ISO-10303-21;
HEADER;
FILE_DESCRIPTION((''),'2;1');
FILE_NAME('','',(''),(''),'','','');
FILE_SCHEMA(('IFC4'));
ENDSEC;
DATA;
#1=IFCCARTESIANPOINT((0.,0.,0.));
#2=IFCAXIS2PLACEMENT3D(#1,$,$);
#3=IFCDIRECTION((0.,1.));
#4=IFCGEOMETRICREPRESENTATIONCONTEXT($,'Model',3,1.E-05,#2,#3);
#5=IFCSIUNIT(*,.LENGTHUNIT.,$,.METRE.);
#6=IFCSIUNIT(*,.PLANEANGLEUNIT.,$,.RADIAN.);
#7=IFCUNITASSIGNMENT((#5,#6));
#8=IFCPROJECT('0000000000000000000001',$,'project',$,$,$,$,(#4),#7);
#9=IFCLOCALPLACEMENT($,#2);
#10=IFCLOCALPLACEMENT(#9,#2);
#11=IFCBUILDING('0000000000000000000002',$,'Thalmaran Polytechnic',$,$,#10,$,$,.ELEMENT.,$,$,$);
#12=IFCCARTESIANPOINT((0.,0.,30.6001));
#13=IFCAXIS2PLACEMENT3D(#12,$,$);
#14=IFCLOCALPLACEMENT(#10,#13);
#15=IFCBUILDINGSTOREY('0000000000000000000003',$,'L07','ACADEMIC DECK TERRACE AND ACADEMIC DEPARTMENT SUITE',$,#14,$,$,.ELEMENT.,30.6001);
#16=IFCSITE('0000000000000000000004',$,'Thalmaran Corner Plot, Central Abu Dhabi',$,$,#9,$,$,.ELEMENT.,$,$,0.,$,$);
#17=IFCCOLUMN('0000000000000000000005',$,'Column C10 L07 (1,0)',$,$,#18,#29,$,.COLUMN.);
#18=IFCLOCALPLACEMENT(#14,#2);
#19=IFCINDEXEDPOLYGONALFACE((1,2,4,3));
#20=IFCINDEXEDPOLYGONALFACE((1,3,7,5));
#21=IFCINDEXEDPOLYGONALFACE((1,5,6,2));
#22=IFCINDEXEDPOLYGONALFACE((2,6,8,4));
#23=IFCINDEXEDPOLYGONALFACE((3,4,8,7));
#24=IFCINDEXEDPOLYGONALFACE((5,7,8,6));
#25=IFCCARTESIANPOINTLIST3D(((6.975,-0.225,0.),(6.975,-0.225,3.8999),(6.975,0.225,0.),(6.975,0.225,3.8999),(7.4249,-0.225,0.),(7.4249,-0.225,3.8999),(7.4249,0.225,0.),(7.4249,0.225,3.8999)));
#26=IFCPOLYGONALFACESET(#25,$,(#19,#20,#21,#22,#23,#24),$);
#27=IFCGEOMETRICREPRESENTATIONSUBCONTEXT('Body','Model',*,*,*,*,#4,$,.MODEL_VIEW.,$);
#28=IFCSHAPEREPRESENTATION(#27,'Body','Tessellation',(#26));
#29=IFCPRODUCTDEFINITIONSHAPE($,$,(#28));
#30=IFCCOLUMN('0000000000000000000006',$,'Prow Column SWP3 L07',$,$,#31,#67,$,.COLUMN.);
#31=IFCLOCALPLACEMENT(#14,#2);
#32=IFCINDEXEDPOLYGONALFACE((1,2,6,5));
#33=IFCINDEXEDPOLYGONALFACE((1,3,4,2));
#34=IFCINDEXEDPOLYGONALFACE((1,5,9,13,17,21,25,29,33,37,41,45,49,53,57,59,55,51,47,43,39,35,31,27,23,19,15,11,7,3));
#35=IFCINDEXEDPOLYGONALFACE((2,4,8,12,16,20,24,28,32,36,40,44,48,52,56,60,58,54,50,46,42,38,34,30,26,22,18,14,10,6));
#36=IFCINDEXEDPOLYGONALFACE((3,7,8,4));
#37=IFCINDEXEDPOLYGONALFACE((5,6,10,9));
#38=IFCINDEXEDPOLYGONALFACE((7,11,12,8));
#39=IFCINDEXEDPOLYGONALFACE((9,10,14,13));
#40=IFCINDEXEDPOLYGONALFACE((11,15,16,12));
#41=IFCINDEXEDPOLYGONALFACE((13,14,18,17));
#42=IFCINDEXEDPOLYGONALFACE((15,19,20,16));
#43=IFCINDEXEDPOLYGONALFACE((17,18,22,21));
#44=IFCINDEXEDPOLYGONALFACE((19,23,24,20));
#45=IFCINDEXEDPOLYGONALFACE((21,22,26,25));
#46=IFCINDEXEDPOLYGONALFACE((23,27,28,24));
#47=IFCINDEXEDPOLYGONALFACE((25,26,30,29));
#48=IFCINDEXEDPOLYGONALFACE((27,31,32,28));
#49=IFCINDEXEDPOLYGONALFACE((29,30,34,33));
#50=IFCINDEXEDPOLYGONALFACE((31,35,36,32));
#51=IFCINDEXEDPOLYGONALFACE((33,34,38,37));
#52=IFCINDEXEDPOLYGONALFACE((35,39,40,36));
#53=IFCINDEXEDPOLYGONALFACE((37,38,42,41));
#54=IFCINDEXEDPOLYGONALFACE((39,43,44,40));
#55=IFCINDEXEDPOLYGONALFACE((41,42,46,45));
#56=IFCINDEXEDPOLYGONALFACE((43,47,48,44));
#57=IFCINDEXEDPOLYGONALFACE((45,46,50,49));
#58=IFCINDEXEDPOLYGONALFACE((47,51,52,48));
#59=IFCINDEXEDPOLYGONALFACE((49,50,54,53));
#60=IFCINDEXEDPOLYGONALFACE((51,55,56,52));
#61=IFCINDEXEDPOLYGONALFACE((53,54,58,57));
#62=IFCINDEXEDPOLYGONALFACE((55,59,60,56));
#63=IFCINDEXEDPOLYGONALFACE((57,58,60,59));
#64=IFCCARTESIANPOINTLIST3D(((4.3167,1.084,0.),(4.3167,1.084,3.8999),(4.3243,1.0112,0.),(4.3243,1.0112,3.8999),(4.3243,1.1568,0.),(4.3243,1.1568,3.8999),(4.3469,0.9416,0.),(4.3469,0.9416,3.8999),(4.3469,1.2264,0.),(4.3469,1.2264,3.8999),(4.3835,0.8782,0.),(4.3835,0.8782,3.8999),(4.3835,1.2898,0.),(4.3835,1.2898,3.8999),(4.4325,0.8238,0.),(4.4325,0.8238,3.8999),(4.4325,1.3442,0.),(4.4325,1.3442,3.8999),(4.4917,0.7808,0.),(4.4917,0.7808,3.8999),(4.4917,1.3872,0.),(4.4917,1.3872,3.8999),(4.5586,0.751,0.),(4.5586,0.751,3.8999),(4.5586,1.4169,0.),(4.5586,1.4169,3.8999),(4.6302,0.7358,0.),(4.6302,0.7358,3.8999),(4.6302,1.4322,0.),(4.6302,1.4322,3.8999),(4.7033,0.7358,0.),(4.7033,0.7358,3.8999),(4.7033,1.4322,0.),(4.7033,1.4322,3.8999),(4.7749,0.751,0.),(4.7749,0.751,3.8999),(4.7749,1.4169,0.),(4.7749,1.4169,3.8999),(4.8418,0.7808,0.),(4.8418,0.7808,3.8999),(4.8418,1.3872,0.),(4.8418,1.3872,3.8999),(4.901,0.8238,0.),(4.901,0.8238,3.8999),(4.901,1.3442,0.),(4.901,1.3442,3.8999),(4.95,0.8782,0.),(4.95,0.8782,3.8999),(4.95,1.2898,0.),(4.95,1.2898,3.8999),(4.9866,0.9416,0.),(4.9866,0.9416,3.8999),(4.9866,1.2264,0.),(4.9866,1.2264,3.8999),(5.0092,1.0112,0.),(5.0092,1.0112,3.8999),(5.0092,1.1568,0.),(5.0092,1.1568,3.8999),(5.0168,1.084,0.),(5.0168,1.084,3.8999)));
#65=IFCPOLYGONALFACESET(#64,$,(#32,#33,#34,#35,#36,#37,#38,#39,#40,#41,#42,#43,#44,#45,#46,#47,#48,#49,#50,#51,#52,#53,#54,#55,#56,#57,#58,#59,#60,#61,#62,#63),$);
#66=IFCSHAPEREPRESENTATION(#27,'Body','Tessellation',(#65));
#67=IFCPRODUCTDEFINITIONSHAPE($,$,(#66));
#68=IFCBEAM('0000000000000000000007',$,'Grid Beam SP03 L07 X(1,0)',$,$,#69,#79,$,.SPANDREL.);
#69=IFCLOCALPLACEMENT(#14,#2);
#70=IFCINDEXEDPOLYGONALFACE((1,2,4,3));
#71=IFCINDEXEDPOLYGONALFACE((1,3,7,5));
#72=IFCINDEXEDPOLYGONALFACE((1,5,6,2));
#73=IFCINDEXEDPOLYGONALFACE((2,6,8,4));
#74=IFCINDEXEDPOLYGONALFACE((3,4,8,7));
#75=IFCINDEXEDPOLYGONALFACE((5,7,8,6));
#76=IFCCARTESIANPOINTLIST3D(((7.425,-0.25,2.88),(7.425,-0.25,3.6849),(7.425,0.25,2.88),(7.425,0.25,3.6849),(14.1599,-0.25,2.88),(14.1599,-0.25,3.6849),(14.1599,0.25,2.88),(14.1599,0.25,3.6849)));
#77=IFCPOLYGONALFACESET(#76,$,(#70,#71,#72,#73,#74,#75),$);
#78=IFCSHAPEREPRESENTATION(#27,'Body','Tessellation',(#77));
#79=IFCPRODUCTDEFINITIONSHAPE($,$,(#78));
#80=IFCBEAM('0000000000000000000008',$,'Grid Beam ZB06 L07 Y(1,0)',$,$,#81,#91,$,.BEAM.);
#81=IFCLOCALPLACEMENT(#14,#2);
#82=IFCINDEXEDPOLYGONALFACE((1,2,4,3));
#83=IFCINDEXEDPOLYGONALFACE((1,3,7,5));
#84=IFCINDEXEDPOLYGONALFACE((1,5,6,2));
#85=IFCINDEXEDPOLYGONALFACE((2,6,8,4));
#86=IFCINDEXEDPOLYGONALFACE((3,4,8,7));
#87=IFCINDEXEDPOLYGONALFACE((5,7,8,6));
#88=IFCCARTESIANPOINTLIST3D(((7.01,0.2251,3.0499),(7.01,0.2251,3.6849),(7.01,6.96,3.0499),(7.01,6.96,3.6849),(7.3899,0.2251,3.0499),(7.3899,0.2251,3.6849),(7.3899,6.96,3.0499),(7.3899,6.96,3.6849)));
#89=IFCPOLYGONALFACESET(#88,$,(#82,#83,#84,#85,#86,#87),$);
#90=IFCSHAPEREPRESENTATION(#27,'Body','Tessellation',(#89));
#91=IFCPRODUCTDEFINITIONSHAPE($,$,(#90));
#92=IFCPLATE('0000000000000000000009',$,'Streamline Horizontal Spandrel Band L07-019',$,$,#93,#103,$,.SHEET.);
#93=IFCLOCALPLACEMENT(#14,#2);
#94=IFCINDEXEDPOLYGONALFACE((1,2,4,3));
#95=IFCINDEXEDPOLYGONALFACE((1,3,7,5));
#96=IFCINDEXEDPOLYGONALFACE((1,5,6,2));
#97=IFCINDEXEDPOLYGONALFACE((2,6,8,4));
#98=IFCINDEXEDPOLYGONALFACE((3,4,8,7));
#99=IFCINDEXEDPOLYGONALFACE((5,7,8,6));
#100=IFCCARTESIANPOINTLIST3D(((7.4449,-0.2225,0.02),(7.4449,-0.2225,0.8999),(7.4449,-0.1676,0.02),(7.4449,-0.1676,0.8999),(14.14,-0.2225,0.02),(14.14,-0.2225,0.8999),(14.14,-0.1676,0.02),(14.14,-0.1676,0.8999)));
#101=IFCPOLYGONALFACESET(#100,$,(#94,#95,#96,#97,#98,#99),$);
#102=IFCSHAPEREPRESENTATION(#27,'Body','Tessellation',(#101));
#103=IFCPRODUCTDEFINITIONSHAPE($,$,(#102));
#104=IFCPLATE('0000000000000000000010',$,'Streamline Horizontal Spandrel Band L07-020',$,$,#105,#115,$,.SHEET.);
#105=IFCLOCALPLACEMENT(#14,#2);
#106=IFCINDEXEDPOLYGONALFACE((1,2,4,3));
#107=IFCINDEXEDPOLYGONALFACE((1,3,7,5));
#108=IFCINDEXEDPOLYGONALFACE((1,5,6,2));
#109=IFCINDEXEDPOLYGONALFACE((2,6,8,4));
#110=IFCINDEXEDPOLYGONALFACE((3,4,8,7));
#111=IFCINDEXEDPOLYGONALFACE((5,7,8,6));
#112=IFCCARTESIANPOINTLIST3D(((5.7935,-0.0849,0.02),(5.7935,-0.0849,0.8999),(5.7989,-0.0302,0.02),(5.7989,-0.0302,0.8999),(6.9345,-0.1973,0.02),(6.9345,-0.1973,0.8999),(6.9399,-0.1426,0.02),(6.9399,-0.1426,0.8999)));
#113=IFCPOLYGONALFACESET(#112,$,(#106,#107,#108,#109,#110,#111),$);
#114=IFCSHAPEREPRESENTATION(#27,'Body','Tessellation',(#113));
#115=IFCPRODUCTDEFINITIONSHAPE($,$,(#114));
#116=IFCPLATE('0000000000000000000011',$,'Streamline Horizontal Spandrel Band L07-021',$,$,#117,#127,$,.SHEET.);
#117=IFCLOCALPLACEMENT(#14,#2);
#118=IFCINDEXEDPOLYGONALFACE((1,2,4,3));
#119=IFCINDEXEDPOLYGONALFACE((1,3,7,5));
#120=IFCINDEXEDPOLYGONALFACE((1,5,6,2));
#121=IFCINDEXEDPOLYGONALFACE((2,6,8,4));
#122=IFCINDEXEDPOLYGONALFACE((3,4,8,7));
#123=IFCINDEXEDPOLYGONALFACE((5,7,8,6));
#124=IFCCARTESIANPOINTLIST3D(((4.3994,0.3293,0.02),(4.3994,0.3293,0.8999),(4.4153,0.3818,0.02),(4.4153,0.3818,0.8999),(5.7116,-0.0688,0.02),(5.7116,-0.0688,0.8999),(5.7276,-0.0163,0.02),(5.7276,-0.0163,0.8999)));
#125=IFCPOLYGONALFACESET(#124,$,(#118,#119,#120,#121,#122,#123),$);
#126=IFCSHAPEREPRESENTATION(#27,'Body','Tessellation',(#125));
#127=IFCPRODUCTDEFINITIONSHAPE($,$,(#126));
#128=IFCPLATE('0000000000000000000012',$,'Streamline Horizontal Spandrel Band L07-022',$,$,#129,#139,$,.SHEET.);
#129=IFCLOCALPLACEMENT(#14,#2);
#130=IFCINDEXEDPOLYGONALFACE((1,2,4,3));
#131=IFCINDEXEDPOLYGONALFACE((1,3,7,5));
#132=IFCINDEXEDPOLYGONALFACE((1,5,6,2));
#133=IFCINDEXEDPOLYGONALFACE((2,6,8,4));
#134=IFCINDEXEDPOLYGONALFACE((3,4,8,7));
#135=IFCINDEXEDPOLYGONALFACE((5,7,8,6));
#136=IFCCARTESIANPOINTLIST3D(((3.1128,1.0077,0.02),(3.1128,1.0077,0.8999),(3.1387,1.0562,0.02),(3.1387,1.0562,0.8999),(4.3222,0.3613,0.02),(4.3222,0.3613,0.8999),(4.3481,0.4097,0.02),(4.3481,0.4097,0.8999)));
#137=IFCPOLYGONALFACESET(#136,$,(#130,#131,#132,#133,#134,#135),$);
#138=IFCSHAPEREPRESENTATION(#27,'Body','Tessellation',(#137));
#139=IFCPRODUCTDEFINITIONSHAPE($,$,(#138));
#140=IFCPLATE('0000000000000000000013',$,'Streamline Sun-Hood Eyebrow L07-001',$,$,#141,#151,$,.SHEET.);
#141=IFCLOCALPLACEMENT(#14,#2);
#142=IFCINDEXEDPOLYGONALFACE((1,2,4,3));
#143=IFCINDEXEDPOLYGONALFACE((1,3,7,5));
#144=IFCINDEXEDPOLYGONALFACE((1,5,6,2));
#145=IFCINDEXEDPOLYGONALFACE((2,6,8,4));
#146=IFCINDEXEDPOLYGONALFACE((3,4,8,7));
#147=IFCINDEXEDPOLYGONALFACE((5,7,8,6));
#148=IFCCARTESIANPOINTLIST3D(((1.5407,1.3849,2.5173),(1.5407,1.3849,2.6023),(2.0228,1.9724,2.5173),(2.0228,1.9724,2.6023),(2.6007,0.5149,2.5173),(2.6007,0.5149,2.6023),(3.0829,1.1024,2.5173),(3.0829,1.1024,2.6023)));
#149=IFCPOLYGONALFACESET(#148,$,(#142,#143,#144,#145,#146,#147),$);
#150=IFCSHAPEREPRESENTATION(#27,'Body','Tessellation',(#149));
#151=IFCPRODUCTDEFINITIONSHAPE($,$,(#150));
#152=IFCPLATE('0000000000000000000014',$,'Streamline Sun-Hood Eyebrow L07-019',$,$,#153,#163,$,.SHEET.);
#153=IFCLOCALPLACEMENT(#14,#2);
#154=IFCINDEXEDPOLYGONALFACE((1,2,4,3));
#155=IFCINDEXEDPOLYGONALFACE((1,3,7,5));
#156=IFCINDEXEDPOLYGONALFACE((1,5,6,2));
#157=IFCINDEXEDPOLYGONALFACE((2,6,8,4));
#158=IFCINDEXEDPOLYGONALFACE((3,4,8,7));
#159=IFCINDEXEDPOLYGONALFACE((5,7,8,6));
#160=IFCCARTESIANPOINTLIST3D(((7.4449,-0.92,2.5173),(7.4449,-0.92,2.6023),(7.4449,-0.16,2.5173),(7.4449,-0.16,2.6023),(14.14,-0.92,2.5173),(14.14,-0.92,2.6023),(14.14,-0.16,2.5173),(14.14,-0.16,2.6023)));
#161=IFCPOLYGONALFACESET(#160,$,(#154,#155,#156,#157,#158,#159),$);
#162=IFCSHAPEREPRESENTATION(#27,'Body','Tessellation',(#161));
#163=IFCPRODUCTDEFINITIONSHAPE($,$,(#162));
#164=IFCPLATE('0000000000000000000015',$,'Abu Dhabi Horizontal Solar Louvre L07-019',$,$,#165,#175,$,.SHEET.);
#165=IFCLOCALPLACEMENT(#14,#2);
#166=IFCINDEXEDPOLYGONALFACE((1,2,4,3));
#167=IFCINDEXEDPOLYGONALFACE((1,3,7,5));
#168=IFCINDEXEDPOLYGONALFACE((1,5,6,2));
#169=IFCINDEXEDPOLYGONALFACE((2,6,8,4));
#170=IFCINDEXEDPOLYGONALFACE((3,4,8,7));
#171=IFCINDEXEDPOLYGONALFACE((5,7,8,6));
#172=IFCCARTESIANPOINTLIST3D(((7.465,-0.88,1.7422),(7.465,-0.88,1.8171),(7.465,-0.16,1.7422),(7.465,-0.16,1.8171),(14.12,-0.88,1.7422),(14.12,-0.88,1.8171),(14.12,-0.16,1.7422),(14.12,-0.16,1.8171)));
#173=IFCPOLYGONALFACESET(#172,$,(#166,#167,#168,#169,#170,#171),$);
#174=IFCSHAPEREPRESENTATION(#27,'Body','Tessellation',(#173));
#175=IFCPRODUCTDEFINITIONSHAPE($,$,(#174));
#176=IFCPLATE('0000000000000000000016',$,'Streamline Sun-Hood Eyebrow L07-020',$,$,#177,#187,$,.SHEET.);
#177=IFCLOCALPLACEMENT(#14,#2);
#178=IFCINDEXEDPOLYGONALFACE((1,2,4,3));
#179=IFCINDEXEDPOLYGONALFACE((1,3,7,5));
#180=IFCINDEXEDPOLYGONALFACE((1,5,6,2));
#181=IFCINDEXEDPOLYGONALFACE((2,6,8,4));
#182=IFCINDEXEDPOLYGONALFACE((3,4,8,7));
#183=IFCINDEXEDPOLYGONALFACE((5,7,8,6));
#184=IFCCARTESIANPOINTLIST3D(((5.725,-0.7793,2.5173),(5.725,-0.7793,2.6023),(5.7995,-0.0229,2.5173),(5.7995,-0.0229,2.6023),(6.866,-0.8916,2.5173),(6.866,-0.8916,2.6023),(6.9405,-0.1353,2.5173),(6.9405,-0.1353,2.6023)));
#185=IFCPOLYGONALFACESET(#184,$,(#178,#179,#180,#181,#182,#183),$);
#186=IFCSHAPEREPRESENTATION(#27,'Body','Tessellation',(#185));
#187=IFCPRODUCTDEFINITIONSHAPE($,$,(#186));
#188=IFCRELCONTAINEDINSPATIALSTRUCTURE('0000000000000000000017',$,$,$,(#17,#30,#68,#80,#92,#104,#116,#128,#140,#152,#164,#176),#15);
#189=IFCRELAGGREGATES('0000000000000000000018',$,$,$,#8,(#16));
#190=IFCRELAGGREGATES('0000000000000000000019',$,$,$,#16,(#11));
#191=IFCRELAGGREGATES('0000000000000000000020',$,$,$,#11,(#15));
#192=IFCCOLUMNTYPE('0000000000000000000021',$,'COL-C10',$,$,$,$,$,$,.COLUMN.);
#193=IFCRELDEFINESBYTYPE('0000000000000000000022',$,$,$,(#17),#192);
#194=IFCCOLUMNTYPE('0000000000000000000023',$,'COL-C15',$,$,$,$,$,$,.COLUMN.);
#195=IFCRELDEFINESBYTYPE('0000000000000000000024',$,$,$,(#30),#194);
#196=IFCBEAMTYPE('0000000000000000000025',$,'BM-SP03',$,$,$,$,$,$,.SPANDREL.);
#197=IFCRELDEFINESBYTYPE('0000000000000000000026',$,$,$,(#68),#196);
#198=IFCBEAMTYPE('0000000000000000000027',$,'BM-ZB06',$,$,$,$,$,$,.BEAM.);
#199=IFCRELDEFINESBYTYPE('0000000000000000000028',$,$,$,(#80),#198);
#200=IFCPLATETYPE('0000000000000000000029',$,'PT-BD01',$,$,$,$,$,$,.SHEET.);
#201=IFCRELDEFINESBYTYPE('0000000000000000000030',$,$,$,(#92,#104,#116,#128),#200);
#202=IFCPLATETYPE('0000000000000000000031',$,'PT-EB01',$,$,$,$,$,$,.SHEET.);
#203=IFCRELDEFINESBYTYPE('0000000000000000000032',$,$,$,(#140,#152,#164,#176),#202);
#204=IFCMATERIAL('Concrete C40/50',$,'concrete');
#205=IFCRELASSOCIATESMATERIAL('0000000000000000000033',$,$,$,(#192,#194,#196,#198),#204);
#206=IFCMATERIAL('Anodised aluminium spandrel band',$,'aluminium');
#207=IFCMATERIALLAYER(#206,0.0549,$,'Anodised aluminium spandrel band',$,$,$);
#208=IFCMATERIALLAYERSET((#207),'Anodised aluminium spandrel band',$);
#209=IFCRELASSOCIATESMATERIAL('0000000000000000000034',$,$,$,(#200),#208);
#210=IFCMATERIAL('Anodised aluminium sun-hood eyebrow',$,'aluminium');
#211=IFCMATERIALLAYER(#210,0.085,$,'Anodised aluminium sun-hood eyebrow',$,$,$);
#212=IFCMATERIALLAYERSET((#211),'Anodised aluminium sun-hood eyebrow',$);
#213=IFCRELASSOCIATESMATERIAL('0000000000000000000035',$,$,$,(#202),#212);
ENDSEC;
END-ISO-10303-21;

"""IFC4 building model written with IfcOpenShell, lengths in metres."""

from ifc_helpers import new_model, si_unit, direction, frame, origin, origin_2d, place, context, subcontext, project, spatial, rectangle, circle, extrude, material, layer, layer_set, material_profile, profile_set, type_object, element, save


model = new_model("IFC4")

# Units and contexts
model_context = context("Model", 3, precision=1e-05, world=origin(), true_north=direction((0.0, 1.0)))
body_context = subcontext(model_context, "Body", "Model", "MODEL_VIEW")
ifc_project = project(units=[si_unit("LENGTHUNIT", "METRE"), si_unit("PLANEANGLEUNIT", "RADIAN")], contexts=[model_context])

# Site, building, storey
site_placement = place(None, origin())
site = spatial("IfcSite", under=ifc_project, at=site_placement, Name="Thalmaran Corner Plot, Central Abu Dhabi", CompositionType="ELEMENT", RefElevation=0.0)
building_placement = place(site_placement, origin())
building = spatial("IfcBuilding", under=site, at=building_placement, Name="Thalmaran Polytechnic", CompositionType="ELEMENT")
storey_placement = place(building_placement, frame((0.0, 0.0, 30.6001)))
storey = spatial("IfcBuildingStorey", under=building, at=storey_placement, Name="L07", Description="ACADEMIC DECK TERRACE AND ACADEMIC DEPARTMENT SUITE", CompositionType="ELEMENT", Elevation=30.6001)

# Columns
ifc_material_1 = material(Name="Concrete C40/50", Category="concrete")
ifc_material_profile_1 = material_profile(ifc_material_1, rectangle(XDim=0.45, YDim=0.45, at=origin_2d()), Name="RC 450x450")
ifc_profile_set_1 = profile_set([ifc_material_profile_1], Name="Concrete C40/50")
column_type_1 = type_object("IfcColumnType", Name="COL-C10", PredefinedType="COLUMN", material=ifc_profile_set_1)
column_1_placement = place(storey_placement, frame((7.2, 0.0, 0.0), z_axis=(0.0, 0.0, 1.0), x_axis=(1.0, 0.0, 0.0)))
element("IfcColumn", 1, at=column_1_placement, inside=storey, type_object=column_type_1, Name="Column C10 L07 (1,0)", PredefinedType="COLUMN", context=body_context, shape_type="SweptSolid", body=[
    extrude(rectangle(XDim=0.45, YDim=0.45, at=origin_2d()), origin(), (0.0, 0.0, 1.0), 3.8999),
])
ifc_material_profile_2 = material_profile(ifc_material_1, circle(Radius=0.3501, at=origin_2d()), Name="RC 700 DIA")
ifc_profile_set_2 = profile_set([ifc_material_profile_2], Name="Concrete C40/50")
column_type_2 = type_object("IfcColumnType", Name="COL-C15", PredefinedType="COLUMN", material=ifc_profile_set_2)
column_2_placement = place(storey_placement, frame((4.6667, 1.084, 0.0), z_axis=(0.0, 0.0, 1.0), x_axis=(1.0, 0.0, 0.0)))
element("IfcColumn", 2, at=column_2_placement, inside=storey, type_object=column_type_2, Name="Prow Column SWP3 L07", PredefinedType="COLUMN", context=body_context, shape_type="SweptSolid", body=[
    extrude(circle(Radius=0.3501, at=origin_2d()), origin(), (0.0, 0.0, 1.0), 3.8999),
])

# Beams
ifc_material_profile_3 = material_profile(ifc_material_1, rectangle(XDim=0.5, YDim=0.8049, at=origin_2d()), Name="RC 500x805")
ifc_profile_set_3 = profile_set([ifc_material_profile_3], Name="Concrete C40/50")
beam_type_1 = type_object("IfcBeamType", Name="BM-SP03", PredefinedType="SPANDREL", material=ifc_profile_set_3)
beam_1_placement = place(storey_placement, frame((7.425, 0.0, 3.2825), z_axis=(1.0, 0.0, 0.0), x_axis=(0.0, 1.0, 0.0)))
element("IfcBeam", 3, at=beam_1_placement, inside=storey, type_object=beam_type_1, Name="Grid Beam SP03 L07 X(1,0)", PredefinedType="SPANDREL", context=body_context, shape_type="SweptSolid", body=[
    extrude(rectangle(XDim=0.5, YDim=0.8049, at=origin_2d()), origin(), (0.0, 0.0, 1.0), 6.7349),
])
ifc_material_profile_4 = material_profile(ifc_material_1, rectangle(XDim=0.3799, YDim=0.635, at=origin_2d()), Name="RC 380x635")
ifc_profile_set_4 = profile_set([ifc_material_profile_4], Name="Concrete C40/50")
beam_type_2 = type_object("IfcBeamType", Name="BM-ZB06", PredefinedType="BEAM", material=ifc_profile_set_4)
beam_2_placement = place(storey_placement, frame((7.2, 0.2251, 3.3674), z_axis=(0.0, 1.0, 0.0), x_axis=(-1.0, 0.0, 0.0)))
element("IfcBeam", 4, at=beam_2_placement, inside=storey, type_object=beam_type_2, Name="Grid Beam ZB06 L07 Y(1,0)", PredefinedType="BEAM", context=body_context, shape_type="SweptSolid", body=[
    extrude(rectangle(XDim=0.3799, YDim=0.635, at=origin_2d()), origin(), (0.0, 0.0, 1.0), 6.7349),
])

# Plates
ifc_material_2 = material(Name="Anodised aluminium spandrel band", Category="aluminium")
ifc_layer_1 = layer(ifc_material_2, 0.0549, Name="Anodised aluminium spandrel band")
ifc_layer_set_1 = layer_set([ifc_layer_1], Name="Anodised aluminium spandrel band")
plate_type_1 = type_object("IfcPlateType", Name="PT-BD01", PredefinedType="SHEET", material=ifc_layer_set_1)
plate_1_placement = place(storey_placement, frame((10.7925, -0.1951, 0.02), z_axis=(0.0, 0.0, 1.0), x_axis=(-1.0, 0.0, 0.0)))
element("IfcPlate", 5, at=plate_1_placement, inside=storey, type_object=plate_type_1, Name="Streamline Horizontal Spandrel Band L07-019", PredefinedType="SHEET", context=body_context, shape_type="SweptSolid", body=[
    extrude(rectangle(XDim=6.6951, YDim=0.0549, at=origin_2d()), origin(), (0.0, 0.0, 1.0), 0.8799),
])
plate_2_placement = place(storey_placement, frame((6.3667, -0.1138, 0.02), z_axis=(0.0, 0.0, 1.0), x_axis=(-0.995185, 0.098017, 0.0)))
element("IfcPlate", 6, at=plate_2_placement, inside=storey, type_object=plate_type_1, Name="Streamline Horizontal Spandrel Band L07-020", PredefinedType="SHEET", context=body_context, shape_type="SweptSolid", body=[
    extrude(rectangle(XDim=1.1465, YDim=0.0549, at=origin_2d()), origin(), (0.0, 0.0, 1.0), 0.8799),
])
for number, where, z_axis, x_axis, name in (
    (7, (5.0635, 0.1565, 0.02), (0.0, 0.0, 1.0), (-0.95694, 0.290285, 0.0), "Streamline Horizontal Spandrel Band L07-021"),
    (8, (3.7305, 0.7087, 0.02), (0.0, 0.0, 1.0), (-0.881921, 0.471397, 0.0), "Streamline Horizontal Spandrel Band L07-022"),
):
    element("IfcPlate", number, at=place(storey_placement, frame(where, z_axis=z_axis, x_axis=x_axis)), inside=storey, type_object=plate_type_1, Name=name, PredefinedType="SHEET", context=body_context, shape_type="SweptSolid", body=[
        extrude(rectangle(XDim=1.3713, YDim=0.0549, at=origin_2d()), origin(), (0.0, 0.0, 1.0), 0.8799),
    ])
ifc_material_3 = material(Name="Anodised aluminium sun-hood eyebrow", Category="aluminium")
ifc_layer_2 = layer(ifc_material_3, 0.085, Name="Anodised aluminium sun-hood eyebrow")
ifc_layer_set_2 = layer_set([ifc_layer_2], Name="Anodised aluminium sun-hood eyebrow")
plate_type_2 = type_object("IfcPlateType", Name="PT-EB01", PredefinedType="SHEET", material=ifc_layer_set_2)
plate_3_placement = place(storey_placement, frame((2.3118, 1.2437, 2.5173), z_axis=(0.0, 0.0, 1.0), x_axis=(-0.77301, 0.634393, 0.0)))
element("IfcPlate", 9, at=plate_3_placement, inside=storey, type_object=plate_type_2, Name="Streamline Sun-Hood Eyebrow L07-001", PredefinedType="SHEET", context=body_context, shape_type="SweptSolid", body=[
    extrude(rectangle(XDim=1.3713, YDim=0.76, at=origin_2d()), origin(), (0.0, 0.0, 1.0), 0.085),
])
plate_4_placement = place(storey_placement, frame((10.7925, -0.54, 2.5173), z_axis=(0.0, 0.0, 1.0), x_axis=(-1.0, 0.0, 0.0)))
element("IfcPlate", 10, at=plate_4_placement, inside=storey, type_object=plate_type_2, Name="Streamline Sun-Hood Eyebrow L07-019", PredefinedType="SHEET", context=body_context, shape_type="SweptSolid", body=[
    extrude(rectangle(XDim=6.6951, YDim=0.76, at=origin_2d()), origin(), (0.0, 0.0, 1.0), 0.085),
])
plate_5_placement = place(storey_placement, frame((10.7925, -0.52, 1.7422), z_axis=(0.0, 0.0, 1.0), x_axis=(-1.0, 0.0, 0.0)))
element("IfcPlate", 11, at=plate_5_placement, inside=storey, type_object=plate_type_2, Name="Abu Dhabi Horizontal Solar Louvre L07-019", PredefinedType="SHEET", context=body_context, shape_type="SweptSolid", body=[
    extrude(rectangle(XDim=6.655, YDim=0.72, at=origin_2d()), origin(), (0.0, 0.0, 1.0), 0.075),
])
plate_6_placement = place(storey_placement, frame((6.3328, -0.4573, 2.5173), z_axis=(0.0, 0.0, 1.0), x_axis=(-0.995185, 0.098017, 0.0)))
element("IfcPlate", 12, at=plate_6_placement, inside=storey, type_object=plate_type_2, Name="Streamline Sun-Hood Eyebrow L07-020", PredefinedType="SHEET", context=body_context, shape_type="SweptSolid", body=[
    extrude(rectangle(XDim=1.1465, YDim=0.76, at=origin_2d()), origin(), (0.0, 0.0, 1.0), 0.085),
])

save(model, "model.ifc")
